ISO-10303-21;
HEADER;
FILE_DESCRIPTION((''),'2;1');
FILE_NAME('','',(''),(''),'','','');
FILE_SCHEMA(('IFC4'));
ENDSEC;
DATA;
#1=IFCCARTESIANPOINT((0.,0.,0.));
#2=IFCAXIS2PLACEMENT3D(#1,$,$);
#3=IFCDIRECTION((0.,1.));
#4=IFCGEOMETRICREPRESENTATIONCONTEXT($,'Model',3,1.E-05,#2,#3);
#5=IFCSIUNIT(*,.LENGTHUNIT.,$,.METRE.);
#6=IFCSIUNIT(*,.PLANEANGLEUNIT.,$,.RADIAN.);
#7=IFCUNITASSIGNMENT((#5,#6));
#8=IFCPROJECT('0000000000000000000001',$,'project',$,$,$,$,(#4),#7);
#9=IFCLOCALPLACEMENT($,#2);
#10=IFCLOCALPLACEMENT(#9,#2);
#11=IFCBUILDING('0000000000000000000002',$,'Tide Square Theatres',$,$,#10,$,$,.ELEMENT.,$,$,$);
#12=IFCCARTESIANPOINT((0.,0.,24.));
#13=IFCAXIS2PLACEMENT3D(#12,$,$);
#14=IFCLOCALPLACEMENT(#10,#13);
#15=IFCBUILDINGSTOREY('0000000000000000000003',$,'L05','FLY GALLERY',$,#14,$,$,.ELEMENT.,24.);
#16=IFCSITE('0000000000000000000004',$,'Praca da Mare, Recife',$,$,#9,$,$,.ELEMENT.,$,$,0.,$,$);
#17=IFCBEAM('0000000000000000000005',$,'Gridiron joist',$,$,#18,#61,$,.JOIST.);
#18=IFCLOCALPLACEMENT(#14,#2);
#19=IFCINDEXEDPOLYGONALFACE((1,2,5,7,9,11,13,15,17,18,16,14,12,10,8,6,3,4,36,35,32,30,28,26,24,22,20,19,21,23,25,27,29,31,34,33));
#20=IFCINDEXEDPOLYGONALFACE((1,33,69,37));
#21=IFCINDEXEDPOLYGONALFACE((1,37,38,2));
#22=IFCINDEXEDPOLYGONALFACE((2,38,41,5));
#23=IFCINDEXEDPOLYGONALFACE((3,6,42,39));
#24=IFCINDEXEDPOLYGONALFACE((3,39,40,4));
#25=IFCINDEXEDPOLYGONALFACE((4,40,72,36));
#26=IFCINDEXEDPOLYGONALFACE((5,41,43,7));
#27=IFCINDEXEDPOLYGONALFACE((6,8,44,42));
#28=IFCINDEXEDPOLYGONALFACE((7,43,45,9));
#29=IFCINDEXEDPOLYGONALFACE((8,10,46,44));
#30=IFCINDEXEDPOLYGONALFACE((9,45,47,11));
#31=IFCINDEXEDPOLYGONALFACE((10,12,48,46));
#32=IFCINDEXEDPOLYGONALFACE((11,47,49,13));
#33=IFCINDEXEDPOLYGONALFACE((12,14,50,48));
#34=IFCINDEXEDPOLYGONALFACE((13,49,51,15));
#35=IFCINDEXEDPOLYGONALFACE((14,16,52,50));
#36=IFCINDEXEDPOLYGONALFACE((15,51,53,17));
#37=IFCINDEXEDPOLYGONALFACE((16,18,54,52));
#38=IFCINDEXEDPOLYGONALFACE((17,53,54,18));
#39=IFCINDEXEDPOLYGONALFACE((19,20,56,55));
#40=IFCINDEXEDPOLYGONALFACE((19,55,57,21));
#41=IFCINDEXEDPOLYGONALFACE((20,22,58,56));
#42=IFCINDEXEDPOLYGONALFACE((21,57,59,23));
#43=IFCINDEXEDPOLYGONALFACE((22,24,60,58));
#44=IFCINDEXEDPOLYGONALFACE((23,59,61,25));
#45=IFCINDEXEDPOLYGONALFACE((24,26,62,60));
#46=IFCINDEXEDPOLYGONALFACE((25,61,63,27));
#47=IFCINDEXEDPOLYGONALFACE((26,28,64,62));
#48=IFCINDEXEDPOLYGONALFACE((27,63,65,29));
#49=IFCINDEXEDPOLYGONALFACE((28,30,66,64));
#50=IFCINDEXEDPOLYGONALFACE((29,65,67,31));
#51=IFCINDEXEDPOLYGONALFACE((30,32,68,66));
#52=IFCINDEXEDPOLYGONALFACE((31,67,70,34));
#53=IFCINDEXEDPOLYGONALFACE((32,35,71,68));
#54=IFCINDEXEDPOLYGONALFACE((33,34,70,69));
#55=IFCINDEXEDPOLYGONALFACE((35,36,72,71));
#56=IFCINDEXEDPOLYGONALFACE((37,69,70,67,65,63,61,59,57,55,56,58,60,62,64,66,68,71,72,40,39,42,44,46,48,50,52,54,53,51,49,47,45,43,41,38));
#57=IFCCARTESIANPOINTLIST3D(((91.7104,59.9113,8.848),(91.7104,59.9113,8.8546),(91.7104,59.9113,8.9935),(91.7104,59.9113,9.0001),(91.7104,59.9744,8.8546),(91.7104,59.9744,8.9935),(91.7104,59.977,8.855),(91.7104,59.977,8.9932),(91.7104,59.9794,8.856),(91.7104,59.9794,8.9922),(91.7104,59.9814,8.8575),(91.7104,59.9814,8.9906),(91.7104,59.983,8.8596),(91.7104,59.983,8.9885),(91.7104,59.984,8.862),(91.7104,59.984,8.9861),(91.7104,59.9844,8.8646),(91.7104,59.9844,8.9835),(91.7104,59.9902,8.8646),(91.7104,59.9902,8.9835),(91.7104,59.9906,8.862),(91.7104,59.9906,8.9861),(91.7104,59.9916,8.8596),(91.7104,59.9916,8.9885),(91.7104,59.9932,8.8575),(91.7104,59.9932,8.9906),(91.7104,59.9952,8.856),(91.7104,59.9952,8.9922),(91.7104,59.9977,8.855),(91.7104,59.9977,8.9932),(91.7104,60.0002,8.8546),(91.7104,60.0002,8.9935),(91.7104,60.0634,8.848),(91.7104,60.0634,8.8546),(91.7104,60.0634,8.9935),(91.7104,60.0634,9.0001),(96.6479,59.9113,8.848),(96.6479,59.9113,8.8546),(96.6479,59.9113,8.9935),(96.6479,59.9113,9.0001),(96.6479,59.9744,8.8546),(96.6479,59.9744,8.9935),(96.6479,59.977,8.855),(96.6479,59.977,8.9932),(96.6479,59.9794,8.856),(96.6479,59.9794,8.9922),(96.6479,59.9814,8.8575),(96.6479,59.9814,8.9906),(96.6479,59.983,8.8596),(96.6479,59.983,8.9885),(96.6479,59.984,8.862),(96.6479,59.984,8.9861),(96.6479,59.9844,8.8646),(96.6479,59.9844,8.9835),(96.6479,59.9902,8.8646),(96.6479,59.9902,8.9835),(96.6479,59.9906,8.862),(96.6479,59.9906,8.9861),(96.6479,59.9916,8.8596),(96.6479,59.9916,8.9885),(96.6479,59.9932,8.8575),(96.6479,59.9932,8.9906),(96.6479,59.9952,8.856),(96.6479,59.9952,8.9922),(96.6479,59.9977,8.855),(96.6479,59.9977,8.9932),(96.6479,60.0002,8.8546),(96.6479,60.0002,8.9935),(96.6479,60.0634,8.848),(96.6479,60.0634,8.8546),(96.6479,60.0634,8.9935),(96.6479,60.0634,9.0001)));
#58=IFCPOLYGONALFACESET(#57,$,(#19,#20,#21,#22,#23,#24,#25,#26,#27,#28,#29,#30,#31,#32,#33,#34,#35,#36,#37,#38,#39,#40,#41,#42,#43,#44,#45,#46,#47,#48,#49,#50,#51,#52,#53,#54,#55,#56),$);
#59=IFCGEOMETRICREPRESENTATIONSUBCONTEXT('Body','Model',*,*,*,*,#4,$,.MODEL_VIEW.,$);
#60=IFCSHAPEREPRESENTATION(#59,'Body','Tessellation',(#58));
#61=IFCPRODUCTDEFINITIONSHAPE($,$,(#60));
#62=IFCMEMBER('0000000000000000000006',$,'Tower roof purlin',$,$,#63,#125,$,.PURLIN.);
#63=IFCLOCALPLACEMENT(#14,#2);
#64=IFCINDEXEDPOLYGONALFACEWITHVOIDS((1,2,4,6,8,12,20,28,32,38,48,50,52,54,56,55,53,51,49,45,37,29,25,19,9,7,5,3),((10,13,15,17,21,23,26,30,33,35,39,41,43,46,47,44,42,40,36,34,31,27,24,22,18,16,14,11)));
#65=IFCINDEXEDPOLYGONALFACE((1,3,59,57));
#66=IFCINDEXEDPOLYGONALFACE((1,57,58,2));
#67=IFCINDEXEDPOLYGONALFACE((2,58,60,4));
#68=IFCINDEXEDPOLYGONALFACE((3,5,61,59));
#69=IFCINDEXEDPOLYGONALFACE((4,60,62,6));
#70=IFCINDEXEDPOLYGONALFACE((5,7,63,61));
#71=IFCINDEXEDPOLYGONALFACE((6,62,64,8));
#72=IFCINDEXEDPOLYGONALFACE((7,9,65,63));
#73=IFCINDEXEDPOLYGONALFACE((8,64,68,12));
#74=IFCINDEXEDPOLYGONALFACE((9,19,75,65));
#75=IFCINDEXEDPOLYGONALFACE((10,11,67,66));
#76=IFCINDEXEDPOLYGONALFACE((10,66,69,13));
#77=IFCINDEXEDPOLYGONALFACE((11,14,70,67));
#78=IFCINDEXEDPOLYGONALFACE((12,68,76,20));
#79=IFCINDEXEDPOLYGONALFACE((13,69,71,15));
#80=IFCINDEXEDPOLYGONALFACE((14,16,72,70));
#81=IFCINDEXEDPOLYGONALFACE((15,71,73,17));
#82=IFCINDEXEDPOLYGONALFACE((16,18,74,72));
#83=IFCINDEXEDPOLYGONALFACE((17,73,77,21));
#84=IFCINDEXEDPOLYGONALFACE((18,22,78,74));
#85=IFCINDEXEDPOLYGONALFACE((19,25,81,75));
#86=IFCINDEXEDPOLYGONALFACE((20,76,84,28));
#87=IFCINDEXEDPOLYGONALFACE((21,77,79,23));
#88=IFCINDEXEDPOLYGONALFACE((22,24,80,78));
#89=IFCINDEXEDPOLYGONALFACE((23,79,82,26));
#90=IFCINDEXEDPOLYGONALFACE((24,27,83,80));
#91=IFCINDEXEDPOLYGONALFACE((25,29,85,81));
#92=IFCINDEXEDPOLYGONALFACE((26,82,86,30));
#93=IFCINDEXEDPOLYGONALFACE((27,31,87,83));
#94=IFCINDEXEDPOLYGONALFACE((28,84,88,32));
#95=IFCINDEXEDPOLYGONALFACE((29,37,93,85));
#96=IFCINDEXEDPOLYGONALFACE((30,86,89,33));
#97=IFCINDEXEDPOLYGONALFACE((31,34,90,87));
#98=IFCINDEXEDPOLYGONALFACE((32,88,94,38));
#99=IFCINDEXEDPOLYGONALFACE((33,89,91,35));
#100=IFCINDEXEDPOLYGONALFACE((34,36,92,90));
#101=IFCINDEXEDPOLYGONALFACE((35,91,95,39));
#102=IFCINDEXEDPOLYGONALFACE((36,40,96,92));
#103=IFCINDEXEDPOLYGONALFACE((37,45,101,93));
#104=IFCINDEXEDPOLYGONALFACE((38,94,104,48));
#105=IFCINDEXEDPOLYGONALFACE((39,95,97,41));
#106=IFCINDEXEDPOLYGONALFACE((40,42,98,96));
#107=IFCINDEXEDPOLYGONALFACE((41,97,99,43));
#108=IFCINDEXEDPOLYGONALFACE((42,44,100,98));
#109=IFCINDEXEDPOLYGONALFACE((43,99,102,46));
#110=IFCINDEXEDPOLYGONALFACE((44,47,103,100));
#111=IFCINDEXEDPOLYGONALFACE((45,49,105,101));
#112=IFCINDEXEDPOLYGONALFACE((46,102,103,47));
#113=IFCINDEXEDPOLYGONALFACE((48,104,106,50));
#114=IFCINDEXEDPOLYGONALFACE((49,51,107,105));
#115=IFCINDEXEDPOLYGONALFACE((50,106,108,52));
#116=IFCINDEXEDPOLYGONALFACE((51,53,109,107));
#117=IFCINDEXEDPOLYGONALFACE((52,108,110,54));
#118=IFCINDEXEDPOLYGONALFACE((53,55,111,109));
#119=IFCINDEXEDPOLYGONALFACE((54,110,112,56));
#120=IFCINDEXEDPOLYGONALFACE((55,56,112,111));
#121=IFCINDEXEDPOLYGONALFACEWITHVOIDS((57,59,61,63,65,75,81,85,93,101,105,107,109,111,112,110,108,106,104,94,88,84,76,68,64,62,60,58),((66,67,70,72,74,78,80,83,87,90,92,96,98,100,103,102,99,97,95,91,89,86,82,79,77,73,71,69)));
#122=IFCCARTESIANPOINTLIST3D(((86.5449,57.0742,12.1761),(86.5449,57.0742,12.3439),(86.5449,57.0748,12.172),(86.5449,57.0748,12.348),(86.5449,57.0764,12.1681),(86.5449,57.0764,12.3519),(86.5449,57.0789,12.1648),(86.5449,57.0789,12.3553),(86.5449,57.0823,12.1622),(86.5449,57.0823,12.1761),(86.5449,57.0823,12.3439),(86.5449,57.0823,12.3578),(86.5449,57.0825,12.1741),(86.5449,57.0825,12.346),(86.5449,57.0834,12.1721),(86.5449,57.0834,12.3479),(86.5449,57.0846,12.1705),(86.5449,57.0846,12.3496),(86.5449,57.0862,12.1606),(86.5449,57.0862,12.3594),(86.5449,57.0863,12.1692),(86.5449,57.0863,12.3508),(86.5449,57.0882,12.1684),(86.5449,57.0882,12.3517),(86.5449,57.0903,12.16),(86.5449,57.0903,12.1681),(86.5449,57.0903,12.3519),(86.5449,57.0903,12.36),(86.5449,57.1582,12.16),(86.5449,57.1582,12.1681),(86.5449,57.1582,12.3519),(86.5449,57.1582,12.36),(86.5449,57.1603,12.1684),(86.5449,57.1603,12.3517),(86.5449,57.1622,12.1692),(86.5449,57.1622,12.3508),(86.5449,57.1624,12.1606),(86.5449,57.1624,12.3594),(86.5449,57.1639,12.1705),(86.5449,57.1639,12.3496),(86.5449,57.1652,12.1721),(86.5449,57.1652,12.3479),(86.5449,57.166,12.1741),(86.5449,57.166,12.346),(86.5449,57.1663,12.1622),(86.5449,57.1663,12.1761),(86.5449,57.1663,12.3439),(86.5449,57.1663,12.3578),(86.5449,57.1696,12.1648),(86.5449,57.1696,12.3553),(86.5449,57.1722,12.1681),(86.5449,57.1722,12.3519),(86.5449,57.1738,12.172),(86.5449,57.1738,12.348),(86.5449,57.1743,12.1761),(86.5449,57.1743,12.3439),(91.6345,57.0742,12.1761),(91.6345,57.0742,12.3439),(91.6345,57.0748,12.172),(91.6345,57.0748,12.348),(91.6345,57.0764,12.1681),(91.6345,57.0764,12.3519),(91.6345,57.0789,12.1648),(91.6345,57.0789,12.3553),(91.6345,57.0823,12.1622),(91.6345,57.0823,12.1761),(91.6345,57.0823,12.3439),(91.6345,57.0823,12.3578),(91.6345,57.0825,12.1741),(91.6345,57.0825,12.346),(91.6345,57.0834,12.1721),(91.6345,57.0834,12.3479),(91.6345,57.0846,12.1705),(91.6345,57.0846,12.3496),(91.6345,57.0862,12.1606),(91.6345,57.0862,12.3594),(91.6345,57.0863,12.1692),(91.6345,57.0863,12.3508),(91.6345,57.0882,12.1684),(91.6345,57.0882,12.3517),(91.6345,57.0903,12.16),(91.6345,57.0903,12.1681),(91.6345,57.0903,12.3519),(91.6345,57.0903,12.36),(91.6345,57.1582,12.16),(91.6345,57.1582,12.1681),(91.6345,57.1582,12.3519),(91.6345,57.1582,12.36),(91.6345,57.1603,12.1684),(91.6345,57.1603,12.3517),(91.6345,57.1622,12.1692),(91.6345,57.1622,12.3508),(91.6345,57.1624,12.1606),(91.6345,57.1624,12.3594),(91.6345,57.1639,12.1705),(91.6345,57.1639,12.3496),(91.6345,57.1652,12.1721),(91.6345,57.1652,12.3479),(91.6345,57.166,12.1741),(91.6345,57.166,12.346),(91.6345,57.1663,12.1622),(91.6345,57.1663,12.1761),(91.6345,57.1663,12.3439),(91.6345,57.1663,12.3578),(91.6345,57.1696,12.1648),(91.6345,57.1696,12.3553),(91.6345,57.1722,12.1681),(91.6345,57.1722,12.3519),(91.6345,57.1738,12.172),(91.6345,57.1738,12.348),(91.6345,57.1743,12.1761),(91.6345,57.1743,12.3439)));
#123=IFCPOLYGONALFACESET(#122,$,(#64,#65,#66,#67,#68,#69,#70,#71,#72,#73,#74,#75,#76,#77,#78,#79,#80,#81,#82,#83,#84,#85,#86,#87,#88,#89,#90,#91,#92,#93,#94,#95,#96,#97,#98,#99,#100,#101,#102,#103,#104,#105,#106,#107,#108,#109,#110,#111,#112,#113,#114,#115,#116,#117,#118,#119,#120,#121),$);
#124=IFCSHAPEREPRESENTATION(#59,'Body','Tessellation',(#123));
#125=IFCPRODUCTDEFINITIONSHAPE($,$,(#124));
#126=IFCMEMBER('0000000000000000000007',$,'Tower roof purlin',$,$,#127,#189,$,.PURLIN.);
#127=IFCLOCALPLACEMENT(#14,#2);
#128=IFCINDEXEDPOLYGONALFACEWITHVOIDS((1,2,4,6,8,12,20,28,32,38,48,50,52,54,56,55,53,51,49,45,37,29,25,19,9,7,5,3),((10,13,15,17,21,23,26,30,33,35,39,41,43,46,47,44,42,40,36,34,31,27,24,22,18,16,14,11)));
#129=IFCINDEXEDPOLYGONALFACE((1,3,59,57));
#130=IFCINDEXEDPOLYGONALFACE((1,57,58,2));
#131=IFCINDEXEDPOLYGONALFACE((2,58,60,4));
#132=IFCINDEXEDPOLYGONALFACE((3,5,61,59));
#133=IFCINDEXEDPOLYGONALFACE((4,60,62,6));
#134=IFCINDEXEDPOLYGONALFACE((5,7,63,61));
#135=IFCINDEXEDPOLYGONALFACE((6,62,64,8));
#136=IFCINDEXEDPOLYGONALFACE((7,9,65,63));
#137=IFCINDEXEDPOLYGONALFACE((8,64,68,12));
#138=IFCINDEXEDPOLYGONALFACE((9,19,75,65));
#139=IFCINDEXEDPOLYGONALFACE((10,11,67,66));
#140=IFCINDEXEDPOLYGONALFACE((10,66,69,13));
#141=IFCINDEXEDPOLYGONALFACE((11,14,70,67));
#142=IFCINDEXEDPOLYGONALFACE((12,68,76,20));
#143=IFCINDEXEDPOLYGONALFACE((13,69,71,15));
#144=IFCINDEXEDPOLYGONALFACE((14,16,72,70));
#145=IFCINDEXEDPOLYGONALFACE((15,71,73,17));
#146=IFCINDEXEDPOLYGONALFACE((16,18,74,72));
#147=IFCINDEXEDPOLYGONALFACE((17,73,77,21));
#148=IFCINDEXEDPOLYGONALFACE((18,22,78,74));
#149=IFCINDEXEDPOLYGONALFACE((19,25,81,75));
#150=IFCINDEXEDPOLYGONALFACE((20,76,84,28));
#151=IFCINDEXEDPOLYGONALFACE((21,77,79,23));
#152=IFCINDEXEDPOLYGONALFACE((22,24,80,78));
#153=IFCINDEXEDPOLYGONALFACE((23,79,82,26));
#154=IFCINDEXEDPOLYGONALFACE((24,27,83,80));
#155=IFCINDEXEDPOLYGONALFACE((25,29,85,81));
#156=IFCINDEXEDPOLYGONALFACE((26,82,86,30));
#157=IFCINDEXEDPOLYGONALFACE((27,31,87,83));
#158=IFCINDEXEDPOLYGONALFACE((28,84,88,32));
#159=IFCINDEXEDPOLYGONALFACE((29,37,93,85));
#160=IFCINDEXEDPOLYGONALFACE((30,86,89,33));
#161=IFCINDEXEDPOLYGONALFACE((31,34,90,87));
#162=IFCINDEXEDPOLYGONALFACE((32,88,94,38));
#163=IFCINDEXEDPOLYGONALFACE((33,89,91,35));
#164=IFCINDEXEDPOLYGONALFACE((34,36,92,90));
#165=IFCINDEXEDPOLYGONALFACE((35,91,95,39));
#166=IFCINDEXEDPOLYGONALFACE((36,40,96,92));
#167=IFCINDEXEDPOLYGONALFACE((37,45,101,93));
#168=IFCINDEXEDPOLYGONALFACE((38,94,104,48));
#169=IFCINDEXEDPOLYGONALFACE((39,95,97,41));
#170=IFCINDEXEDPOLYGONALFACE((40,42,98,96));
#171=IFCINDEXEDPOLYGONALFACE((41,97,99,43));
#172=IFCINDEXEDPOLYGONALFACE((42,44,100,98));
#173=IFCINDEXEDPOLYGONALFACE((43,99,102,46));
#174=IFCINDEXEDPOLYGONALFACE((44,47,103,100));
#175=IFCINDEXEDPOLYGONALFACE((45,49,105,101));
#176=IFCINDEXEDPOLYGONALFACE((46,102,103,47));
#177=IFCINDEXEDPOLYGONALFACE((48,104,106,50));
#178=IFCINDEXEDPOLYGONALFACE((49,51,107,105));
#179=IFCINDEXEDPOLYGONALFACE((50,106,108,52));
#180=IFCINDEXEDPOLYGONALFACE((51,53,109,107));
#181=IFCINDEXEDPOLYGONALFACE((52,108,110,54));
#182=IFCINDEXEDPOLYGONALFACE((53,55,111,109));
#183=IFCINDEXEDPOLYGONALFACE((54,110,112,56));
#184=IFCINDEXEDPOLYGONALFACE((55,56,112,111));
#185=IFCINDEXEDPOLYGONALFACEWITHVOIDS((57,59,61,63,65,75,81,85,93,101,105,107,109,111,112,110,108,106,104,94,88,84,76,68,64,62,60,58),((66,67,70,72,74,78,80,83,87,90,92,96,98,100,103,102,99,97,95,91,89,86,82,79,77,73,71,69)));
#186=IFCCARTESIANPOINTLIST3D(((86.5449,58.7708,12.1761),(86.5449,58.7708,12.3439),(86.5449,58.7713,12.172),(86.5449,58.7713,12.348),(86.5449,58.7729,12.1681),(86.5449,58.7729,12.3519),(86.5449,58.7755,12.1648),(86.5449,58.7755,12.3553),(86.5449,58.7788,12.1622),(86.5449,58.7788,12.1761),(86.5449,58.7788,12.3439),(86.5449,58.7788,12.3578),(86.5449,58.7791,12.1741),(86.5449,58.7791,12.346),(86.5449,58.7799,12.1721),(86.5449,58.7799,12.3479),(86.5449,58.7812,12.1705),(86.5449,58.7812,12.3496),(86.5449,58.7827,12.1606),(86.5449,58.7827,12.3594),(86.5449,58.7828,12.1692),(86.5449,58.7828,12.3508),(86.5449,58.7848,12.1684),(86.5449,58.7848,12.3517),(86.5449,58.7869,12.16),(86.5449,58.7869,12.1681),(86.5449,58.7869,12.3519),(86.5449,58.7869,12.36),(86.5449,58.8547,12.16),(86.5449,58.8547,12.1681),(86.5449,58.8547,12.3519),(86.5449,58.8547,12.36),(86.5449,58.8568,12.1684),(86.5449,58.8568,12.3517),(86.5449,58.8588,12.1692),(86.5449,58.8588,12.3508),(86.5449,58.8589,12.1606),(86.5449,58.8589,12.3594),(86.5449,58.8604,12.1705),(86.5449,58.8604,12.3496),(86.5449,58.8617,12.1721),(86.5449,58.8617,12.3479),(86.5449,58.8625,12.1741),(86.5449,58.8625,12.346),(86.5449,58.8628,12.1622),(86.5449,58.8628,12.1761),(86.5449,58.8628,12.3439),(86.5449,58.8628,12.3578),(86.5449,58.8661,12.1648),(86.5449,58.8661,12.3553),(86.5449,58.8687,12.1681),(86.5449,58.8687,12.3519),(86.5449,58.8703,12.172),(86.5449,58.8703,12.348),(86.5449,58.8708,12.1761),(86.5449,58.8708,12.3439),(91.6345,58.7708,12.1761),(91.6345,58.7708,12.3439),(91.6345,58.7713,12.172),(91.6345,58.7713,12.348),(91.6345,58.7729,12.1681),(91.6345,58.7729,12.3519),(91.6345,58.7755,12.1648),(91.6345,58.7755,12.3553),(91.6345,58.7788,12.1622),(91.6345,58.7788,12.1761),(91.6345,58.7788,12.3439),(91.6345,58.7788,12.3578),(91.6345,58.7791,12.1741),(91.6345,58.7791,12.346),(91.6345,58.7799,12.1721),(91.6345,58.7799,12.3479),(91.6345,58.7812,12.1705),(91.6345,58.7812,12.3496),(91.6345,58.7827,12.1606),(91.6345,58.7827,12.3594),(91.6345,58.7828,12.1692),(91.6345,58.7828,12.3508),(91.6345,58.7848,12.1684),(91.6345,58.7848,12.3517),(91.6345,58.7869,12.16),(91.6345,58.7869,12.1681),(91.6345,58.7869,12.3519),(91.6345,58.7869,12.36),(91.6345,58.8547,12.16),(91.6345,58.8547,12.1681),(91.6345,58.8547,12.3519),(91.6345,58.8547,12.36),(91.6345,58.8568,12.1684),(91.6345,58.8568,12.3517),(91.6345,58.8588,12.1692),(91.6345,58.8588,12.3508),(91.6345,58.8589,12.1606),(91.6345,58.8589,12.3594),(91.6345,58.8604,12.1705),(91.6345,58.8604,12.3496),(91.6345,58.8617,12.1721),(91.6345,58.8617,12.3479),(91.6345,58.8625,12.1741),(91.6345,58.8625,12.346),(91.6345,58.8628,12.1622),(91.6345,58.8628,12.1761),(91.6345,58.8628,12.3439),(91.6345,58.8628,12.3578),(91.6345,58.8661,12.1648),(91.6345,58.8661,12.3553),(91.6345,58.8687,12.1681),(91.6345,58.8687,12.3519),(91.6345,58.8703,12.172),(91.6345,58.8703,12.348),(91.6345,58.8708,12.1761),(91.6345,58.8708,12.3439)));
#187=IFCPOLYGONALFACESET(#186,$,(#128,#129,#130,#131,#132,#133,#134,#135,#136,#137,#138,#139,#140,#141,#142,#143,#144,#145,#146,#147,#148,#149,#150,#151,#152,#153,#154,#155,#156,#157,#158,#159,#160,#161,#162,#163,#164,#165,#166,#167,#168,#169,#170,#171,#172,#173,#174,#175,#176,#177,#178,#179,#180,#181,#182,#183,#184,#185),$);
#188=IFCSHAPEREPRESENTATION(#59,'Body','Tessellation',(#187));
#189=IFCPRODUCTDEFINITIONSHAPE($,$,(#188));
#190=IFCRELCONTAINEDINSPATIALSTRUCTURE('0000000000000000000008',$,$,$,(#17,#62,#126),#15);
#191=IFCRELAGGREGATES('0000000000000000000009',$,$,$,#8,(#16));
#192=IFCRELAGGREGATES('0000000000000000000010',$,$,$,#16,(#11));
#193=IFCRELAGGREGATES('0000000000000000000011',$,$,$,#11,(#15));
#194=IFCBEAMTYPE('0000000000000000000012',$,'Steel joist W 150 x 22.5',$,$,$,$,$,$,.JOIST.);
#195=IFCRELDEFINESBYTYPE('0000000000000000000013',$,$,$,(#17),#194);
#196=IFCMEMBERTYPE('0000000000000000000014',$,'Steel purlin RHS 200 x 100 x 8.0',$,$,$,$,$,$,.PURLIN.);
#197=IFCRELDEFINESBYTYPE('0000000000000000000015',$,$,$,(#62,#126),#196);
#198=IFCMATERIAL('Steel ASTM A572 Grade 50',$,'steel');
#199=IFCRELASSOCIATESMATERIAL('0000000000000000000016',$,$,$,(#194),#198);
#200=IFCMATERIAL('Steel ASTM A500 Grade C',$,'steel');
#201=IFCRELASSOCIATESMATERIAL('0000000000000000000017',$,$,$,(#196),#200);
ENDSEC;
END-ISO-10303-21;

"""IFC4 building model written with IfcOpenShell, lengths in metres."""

from ifc_helpers import new_model, si_unit, direction, frame, origin, origin_2d, place, context, subcontext, project, spatial, hollow_rectangle, i_section, extrude, material, material_profile, profile_set, type_object, element, save


model = new_model("IFC4")

# Units and contexts
model_context = context("Model", 3, precision=1e-05, world=origin(), true_north=direction((0.0, 1.0)))
body_context = subcontext(model_context, "Body", "Model", "MODEL_VIEW")
ifc_project = project(units=[si_unit("LENGTHUNIT", "METRE"), si_unit("PLANEANGLEUNIT", "RADIAN")], contexts=[model_context])

# Site, building, storey
site_placement = place(None, origin())
site = spatial("IfcSite", under=ifc_project, at=site_placement, Name="Praca da Mare, Recife", CompositionType="ELEMENT", RefElevation=0.0)
building_placement = place(site_placement, origin())
building = spatial("IfcBuilding", under=site, at=building_placement, Name="Tide Square Theatres", CompositionType="ELEMENT")
storey_placement = place(building_placement, frame((0.0, 0.0, 24.0)))
storey = spatial("IfcBuildingStorey", under=building, at=storey_placement, Name="L05", Description="FLY GALLERY", CompositionType="ELEMENT", Elevation=24.0)

# Beam
ifc_material_1 = material(Name="Steel ASTM A572 Grade 50", Category="steel")
ifc_material_profile_1 = material_profile(ifc_material_1, i_section(OverallWidth=0.1521, OverallDepth=0.1521, WebThickness=0.0059, FlangeThickness=0.0066, FilletRadius=0.01, at=origin_2d()))
ifc_profile_set_1 = profile_set([ifc_material_profile_1], Name="Steel ASTM A572 Grade 50")
beam_type_1 = type_object("IfcBeamType", Name="Steel joist W 150 x 22.5", PredefinedType="JOIST", material=ifc_profile_set_1)
for number, where, z_axis, x_axis, name in (
    (1, (91.7104, 59.9873, 8.9241), (1.0, 0.0, 0.0), (0.0, 1.0, 0.0), "Gridiron joist"),
):
    element("IfcBeam", number, at=place(storey_placement, frame(where, z_axis=z_axis, x_axis=x_axis)), inside=storey, type_object=beam_type_1, Name=name, PredefinedType="JOIST", context=body_context, shape_type="SweptSolid", body=[
        extrude(i_section(OverallWidth=0.1521, OverallDepth=0.1521, WebThickness=0.0059, FlangeThickness=0.0066, FilletRadius=0.01, at=origin_2d()), origin(), (0.0, 0.0, 1.0), 4.9375),
    ])

# Members
ifc_material_2 = material(Name="Steel ASTM A500 Grade C", Category="steel")
ifc_material_profile_2 = material_profile(ifc_material_2, hollow_rectangle(XDim=0.1001, YDim=0.2, WallThickness=0.0081, InnerFilletRadius=0.0081, OuterFilletRadius=0.0161, at=origin_2d()))
ifc_profile_set_2 = profile_set([ifc_material_profile_2], Name="Steel ASTM A500 Grade C")
member_type_1 = type_object("IfcMemberType", Name="Steel purlin RHS 200 x 100 x 8.0", PredefinedType="PURLIN", material=ifc_profile_set_2)
for number, where, z_axis, x_axis, name in (
    (2, (86.5449, 57.1243, 12.26), (1.0, 0.0, 0.0), (0.0, 1.0, 0.0), "Tower roof purlin"),
    (3, (86.5449, 58.8208, 12.26), (1.0, 0.0, 0.0), (0.0, 1.0, 0.0), "Tower roof purlin"),
):
    element("IfcMember", number, at=place(storey_placement, frame(where, z_axis=z_axis, x_axis=x_axis)), inside=storey, type_object=member_type_1, Name=name, PredefinedType="PURLIN", context=body_context, shape_type="SweptSolid", body=[
        extrude(hollow_rectangle(XDim=0.1001, YDim=0.2, WallThickness=0.0081, InnerFilletRadius=0.0081, OuterFilletRadius=0.0161, at=origin_2d()), origin(), (0.0, 0.0, 1.0), 5.0896),
    ])

save(model, "model.ifc")
